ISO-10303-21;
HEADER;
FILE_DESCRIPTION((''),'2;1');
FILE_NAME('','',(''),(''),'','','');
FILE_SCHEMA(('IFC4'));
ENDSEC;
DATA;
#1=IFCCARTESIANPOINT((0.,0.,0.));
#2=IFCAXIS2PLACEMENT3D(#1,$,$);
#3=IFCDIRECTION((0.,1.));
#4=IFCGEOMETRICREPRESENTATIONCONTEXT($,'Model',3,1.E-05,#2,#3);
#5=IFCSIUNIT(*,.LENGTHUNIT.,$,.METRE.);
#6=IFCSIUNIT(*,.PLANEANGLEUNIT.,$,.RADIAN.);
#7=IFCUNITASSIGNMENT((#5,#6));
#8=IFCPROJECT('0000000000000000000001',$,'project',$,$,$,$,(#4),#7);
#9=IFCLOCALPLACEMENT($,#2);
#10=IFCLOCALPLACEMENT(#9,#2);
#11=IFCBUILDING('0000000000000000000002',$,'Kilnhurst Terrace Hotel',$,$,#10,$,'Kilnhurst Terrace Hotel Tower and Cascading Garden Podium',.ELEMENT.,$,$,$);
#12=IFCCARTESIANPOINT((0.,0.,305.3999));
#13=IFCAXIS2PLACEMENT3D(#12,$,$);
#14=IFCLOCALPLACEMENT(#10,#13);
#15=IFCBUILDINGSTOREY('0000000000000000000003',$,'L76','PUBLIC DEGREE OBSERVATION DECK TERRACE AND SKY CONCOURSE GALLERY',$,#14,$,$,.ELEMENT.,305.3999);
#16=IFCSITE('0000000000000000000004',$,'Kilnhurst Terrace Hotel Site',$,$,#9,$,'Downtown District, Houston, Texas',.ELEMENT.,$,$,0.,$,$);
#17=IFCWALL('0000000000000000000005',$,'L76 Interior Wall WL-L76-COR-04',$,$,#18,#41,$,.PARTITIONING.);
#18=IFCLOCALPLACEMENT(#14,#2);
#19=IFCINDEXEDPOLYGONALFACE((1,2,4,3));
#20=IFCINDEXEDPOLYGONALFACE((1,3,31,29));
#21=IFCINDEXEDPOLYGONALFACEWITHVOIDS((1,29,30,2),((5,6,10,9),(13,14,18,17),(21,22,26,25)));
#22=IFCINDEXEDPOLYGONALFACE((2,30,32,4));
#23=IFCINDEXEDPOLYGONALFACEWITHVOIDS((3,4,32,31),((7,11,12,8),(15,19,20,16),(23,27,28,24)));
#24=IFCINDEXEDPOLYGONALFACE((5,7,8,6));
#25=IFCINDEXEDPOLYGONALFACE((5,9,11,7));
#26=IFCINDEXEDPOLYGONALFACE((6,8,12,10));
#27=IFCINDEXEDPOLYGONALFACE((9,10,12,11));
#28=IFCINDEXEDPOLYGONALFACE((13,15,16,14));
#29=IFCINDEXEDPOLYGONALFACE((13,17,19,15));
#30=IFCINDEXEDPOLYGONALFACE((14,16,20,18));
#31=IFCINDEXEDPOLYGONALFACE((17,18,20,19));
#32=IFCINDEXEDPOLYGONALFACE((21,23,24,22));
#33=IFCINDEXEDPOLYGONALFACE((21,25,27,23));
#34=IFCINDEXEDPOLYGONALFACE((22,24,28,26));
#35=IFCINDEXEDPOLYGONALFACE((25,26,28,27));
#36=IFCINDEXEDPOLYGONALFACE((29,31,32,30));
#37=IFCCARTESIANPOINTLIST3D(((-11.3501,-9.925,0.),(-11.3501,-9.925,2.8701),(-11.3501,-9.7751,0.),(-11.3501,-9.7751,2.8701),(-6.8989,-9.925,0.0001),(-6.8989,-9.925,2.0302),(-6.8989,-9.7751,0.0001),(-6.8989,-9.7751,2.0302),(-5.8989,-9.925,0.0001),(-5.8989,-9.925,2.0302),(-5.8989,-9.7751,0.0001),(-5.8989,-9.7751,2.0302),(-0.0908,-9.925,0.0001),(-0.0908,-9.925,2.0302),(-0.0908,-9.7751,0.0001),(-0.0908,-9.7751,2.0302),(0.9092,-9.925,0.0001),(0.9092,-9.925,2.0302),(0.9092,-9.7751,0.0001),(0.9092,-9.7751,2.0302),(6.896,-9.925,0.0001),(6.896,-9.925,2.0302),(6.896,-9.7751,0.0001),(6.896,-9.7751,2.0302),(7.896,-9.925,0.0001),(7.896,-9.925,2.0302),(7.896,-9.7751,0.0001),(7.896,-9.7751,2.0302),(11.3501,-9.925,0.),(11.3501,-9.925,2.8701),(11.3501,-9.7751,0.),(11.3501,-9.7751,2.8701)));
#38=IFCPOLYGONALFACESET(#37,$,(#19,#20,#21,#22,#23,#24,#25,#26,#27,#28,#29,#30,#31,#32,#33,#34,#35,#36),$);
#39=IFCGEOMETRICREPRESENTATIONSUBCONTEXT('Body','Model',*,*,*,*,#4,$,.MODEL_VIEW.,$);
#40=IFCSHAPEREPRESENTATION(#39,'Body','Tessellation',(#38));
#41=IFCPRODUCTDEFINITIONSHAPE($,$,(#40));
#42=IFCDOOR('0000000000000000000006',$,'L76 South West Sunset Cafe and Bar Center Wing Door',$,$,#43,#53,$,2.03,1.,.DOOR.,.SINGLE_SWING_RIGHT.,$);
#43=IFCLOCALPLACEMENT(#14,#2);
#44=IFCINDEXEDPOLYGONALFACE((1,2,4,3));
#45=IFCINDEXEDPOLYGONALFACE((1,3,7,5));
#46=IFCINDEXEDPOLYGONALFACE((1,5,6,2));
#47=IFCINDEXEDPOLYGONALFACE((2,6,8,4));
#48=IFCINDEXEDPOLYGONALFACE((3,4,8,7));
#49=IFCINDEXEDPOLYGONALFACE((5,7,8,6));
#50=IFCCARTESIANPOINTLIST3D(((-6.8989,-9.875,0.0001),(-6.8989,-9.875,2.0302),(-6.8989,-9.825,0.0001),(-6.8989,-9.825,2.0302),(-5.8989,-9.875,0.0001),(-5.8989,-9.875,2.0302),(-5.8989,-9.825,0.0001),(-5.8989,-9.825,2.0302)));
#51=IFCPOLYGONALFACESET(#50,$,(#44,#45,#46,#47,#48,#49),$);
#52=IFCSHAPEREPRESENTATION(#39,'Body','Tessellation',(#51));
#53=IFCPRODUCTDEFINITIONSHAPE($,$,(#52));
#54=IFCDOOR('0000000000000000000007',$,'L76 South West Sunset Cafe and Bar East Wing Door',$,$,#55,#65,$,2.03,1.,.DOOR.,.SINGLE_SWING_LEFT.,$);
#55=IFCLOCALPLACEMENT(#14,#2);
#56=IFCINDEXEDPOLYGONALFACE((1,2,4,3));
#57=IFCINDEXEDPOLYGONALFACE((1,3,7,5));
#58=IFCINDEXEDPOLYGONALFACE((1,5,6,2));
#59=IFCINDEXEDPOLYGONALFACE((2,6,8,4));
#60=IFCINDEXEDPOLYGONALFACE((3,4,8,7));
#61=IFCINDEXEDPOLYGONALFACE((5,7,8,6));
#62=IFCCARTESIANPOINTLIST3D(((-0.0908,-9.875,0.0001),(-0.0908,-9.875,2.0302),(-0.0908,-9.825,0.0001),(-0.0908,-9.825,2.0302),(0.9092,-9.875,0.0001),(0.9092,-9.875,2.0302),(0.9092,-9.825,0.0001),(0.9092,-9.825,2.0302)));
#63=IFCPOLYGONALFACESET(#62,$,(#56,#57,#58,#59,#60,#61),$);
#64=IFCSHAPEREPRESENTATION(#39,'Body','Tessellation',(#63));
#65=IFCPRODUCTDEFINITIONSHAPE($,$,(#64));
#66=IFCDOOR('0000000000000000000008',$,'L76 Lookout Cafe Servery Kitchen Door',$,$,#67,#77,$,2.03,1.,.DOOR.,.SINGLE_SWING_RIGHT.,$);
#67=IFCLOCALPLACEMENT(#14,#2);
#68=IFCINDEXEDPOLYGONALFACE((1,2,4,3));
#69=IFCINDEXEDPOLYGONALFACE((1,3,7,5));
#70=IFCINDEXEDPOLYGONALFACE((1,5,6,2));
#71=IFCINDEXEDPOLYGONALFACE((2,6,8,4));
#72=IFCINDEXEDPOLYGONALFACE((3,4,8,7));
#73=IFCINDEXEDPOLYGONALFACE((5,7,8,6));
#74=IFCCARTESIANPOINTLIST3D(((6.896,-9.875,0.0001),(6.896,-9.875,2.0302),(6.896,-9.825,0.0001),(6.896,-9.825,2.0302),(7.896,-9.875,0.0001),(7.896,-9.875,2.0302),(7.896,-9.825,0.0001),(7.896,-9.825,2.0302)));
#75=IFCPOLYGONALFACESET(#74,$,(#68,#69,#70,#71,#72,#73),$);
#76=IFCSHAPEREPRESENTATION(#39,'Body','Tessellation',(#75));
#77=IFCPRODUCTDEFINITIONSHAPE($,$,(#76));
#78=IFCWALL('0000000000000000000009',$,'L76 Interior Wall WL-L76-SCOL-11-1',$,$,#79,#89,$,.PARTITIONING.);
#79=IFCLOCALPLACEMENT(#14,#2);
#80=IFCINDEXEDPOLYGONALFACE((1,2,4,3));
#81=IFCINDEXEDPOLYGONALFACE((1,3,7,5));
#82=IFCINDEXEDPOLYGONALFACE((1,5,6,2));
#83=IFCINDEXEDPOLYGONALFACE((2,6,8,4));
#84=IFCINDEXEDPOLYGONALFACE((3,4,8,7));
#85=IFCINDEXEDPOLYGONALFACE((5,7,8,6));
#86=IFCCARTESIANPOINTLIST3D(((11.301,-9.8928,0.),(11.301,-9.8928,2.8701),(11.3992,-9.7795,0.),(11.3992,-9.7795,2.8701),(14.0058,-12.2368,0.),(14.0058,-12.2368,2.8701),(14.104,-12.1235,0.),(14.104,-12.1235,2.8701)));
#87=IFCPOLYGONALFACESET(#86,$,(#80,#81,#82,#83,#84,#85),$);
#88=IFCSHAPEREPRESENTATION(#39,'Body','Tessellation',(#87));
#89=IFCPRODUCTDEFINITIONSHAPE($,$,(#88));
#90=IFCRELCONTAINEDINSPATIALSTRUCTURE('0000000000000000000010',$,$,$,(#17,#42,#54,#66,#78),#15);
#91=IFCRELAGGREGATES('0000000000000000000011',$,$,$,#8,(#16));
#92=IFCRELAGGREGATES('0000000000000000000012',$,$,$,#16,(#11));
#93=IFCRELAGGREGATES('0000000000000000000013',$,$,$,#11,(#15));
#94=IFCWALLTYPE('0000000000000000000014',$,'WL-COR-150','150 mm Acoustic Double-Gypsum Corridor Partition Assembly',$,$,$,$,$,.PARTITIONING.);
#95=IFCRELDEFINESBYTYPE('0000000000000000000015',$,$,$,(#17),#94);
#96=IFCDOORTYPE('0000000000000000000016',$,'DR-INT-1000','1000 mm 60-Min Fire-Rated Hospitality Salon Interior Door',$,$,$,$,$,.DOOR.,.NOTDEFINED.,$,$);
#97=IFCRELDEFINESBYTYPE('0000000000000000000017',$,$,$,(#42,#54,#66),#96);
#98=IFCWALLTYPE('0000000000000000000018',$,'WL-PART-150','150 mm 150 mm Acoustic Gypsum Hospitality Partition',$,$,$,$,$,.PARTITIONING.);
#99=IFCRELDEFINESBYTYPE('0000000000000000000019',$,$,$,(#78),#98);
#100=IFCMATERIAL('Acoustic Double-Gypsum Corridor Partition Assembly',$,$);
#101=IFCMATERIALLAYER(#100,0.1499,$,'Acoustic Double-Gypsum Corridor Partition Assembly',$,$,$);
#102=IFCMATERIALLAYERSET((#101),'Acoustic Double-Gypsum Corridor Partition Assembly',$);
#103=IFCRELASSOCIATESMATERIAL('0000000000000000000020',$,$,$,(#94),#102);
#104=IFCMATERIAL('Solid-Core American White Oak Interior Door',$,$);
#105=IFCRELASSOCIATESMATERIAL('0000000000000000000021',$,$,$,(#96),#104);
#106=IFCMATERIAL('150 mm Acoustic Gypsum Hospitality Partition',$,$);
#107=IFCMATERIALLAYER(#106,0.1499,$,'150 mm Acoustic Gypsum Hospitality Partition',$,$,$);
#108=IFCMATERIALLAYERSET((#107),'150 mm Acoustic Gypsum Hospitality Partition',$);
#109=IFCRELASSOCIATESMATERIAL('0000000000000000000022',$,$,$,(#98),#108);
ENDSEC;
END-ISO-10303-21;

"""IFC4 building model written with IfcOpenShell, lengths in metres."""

from ifc_helpers import new_model, si_unit, direction, frame, frame_2d, origin, place, context, subcontext, project, spatial, rectangle, extrude, material, layer, layer_set, type_object, element, fill, save


model = new_model("IFC4")

# Units and contexts
model_context = context("Model", 3, precision=1e-05, world=origin(), true_north=direction((0.0, 1.0)))
body_context = subcontext(model_context, "Body", "Model", "MODEL_VIEW")
ifc_project = project(units=[si_unit("LENGTHUNIT", "METRE"), si_unit("PLANEANGLEUNIT", "RADIAN")], contexts=[model_context])

# Site, building, storey
site_placement = place(None, origin())
site = spatial("IfcSite", under=ifc_project, at=site_placement, Name="Kilnhurst Terrace Hotel Site", LongName="Downtown District, Houston, Texas", CompositionType="ELEMENT", RefElevation=0.0)
building_placement = place(site_placement, origin())
building = spatial("IfcBuilding", under=site, at=building_placement, Name="Kilnhurst Terrace Hotel", LongName="Kilnhurst Terrace Hotel Tower and Cascading Garden Podium", CompositionType="ELEMENT")
storey_placement = place(building_placement, frame((0.0, 0.0, 305.3999)))
storey = spatial("IfcBuildingStorey", under=building, at=storey_placement, Name="L76", Description="PUBLIC DEGREE OBSERVATION DECK TERRACE AND SKY CONCOURSE GALLERY", CompositionType="ELEMENT", Elevation=305.3999)

# Wall, openings, doors
ifc_material_1 = material(Name="Acoustic Double-Gypsum Corridor Partition Assembly")
ifc_layer_1 = layer(ifc_material_1, 0.1499, Name="Acoustic Double-Gypsum Corridor Partition Assembly")
ifc_layer_set_1 = layer_set([ifc_layer_1], Name="Acoustic Double-Gypsum Corridor Partition Assembly")
wall_type_1 = type_object("IfcWallType", Name="WL-COR-150", Description="150 mm Acoustic Double-Gypsum Corridor Partition Assembly", PredefinedType="PARTITIONING", material=ifc_layer_set_1)
wall_1_placement = place(storey_placement, frame((11.3501, -9.8501, 0.0), z_axis=(0.0, 0.0, 1.0), x_axis=(-1.0, 0.0, 0.0)))
wall_1 = element("IfcWall", 1, at=wall_1_placement, inside=storey, type_object=wall_type_1, Name="L76 Interior Wall WL-L76-COR-04", PredefinedType="PARTITIONING", context=body_context, shape_type="SweptSolid", body=[
    extrude(rectangle(XDim=22.7002, YDim=0.1499, at=frame_2d((11.3501, 0.0))), origin(), (0.0, 0.0, 1.0), 2.8701),
])
opening_1_placement = place(wall_1_placement, frame((17.249, 0.0, 0.0)))
opening_1 = element("IfcOpeningElement", 2, at=opening_1_placement, cuts=wall_1, PredefinedType="OPENING", context=body_context, shape_type="SweptSolid", body=[
    extrude(rectangle(XDim=1.0, YDim=2.03, at=frame_2d((0.5, 1.0151))), frame((0.0, 0.085, 0.0), z_axis=(0.0, -1.0, 0.0), x_axis=(1.0, 0.0, 0.0)), (0.0, 0.0, 1.0), 0.1699),
])
opening_2_placement = place(wall_1_placement, frame((10.4409, 0.0, 0.0)))
opening_2 = element("IfcOpeningElement", 3, at=opening_2_placement, cuts=wall_1, PredefinedType="OPENING", context=body_context, shape_type="SweptSolid", body=[
    extrude(rectangle(XDim=1.0, YDim=2.03, at=frame_2d((0.5, 1.0151))), frame((0.0, 0.085, 0.0), z_axis=(0.0, -1.0, 0.0), x_axis=(1.0, 0.0, 0.0)), (0.0, 0.0, 1.0), 0.1699),
])
opening_3_placement = place(wall_1_placement, frame((3.4541, 0.0, 0.0)))
opening_3 = element("IfcOpeningElement", 4, at=opening_3_placement, cuts=wall_1, PredefinedType="OPENING", context=body_context, shape_type="SweptSolid", body=[
    extrude(rectangle(XDim=1.0, YDim=2.03, at=frame_2d((0.5, 1.0151))), frame((0.0, 0.085, 0.0), z_axis=(0.0, -1.0, 0.0), x_axis=(1.0, 0.0, 0.0)), (0.0, 0.0, 1.0), 0.1699),
])
ifc_material_2 = material(Name="Solid-Core American White Oak Interior Door")
door_type = type_object("IfcDoorType", Name="DR-INT-1000", Description="1000 mm 60-Min Fire-Rated Hospitality Salon Interior Door", OperationType="NOTDEFINED", PredefinedType="DOOR", material=ifc_material_2)
door_1_placement = place(opening_1_placement, origin())
door_1 = element("IfcDoor", 5, at=door_1_placement, inside=storey, type_object=door_type, Name="L76 South West Sunset Cafe and Bar Center Wing Door", OperationType="SINGLE_SWING_RIGHT", OverallHeight=2.03, OverallWidth=1.0, PredefinedType="DOOR", context=body_context, shape_type="SweptSolid", body=[
    extrude(rectangle(XDim=1.0, YDim=2.03, at=frame_2d((0.5, 1.0151))), frame((0.0, 0.0249, 0.0), z_axis=(0.0, -1.0, 0.0), x_axis=(1.0, 0.0, 0.0)), (0.0, 0.0, 1.0), 0.05),
])
fill(opening_1, door_1)
door_2_placement = place(opening_2_placement, origin())
door_2 = element("IfcDoor", 6, at=door_2_placement, inside=storey, type_object=door_type, Name="L76 South West Sunset Cafe and Bar East Wing Door", OperationType="SINGLE_SWING_LEFT", OverallHeight=2.03, OverallWidth=1.0, PredefinedType="DOOR", context=body_context, shape_type="SweptSolid", body=[
    extrude(rectangle(XDim=1.0, YDim=2.03, at=frame_2d((0.5, 1.0151))), frame((0.0, 0.0249, 0.0), z_axis=(0.0, -1.0, 0.0), x_axis=(1.0, 0.0, 0.0)), (0.0, 0.0, 1.0), 0.05),
])
fill(opening_2, door_2)
door_3_placement = place(opening_3_placement, origin())
door_3 = element("IfcDoor", 7, at=door_3_placement, inside=storey, type_object=door_type, Name="L76 Lookout Cafe Servery Kitchen Door", OperationType="SINGLE_SWING_RIGHT", OverallHeight=2.03, OverallWidth=1.0, PredefinedType="DOOR", context=body_context, shape_type="SweptSolid", body=[
    extrude(rectangle(XDim=1.0, YDim=2.03, at=frame_2d((0.5, 1.0151))), frame((0.0, 0.0249, 0.0), z_axis=(0.0, -1.0, 0.0), x_axis=(1.0, 0.0, 0.0)), (0.0, 0.0, 1.0), 0.05),
])
fill(opening_3, door_3)

# Wall
ifc_material_3 = material(Name="150 mm Acoustic Gypsum Hospitality Partition")
ifc_layer_2 = layer(ifc_material_3, 0.1499, Name="150 mm Acoustic Gypsum Hospitality Partition")
ifc_layer_set_2 = layer_set([ifc_layer_2], Name="150 mm Acoustic Gypsum Hospitality Partition")
wall_type_2 = type_object("IfcWallType", Name="WL-PART-150", Description="150 mm 150 mm Acoustic Gypsum Hospitality Partition", PredefinedType="PARTITIONING", material=ifc_layer_set_2)
wall_2_placement = place(storey_placement, frame((11.3501, -9.8362, 0.0), z_axis=(0.0, 0.0, 1.0), x_axis=(0.755716, -0.654899, 0.0)))
element("IfcWall", 8, at=wall_2_placement, inside=storey, type_object=wall_type_2, Name="L76 Interior Wall WL-L76-SCOL-11-1", PredefinedType="PARTITIONING", context=body_context, shape_type="SweptSolid", body=[
    extrude(rectangle(XDim=3.5791, YDim=0.1499, at=frame_2d((1.7896, 0.0))), origin(), (0.0, 0.0, 1.0), 2.8701),
])

save(model, "model.ifc")
